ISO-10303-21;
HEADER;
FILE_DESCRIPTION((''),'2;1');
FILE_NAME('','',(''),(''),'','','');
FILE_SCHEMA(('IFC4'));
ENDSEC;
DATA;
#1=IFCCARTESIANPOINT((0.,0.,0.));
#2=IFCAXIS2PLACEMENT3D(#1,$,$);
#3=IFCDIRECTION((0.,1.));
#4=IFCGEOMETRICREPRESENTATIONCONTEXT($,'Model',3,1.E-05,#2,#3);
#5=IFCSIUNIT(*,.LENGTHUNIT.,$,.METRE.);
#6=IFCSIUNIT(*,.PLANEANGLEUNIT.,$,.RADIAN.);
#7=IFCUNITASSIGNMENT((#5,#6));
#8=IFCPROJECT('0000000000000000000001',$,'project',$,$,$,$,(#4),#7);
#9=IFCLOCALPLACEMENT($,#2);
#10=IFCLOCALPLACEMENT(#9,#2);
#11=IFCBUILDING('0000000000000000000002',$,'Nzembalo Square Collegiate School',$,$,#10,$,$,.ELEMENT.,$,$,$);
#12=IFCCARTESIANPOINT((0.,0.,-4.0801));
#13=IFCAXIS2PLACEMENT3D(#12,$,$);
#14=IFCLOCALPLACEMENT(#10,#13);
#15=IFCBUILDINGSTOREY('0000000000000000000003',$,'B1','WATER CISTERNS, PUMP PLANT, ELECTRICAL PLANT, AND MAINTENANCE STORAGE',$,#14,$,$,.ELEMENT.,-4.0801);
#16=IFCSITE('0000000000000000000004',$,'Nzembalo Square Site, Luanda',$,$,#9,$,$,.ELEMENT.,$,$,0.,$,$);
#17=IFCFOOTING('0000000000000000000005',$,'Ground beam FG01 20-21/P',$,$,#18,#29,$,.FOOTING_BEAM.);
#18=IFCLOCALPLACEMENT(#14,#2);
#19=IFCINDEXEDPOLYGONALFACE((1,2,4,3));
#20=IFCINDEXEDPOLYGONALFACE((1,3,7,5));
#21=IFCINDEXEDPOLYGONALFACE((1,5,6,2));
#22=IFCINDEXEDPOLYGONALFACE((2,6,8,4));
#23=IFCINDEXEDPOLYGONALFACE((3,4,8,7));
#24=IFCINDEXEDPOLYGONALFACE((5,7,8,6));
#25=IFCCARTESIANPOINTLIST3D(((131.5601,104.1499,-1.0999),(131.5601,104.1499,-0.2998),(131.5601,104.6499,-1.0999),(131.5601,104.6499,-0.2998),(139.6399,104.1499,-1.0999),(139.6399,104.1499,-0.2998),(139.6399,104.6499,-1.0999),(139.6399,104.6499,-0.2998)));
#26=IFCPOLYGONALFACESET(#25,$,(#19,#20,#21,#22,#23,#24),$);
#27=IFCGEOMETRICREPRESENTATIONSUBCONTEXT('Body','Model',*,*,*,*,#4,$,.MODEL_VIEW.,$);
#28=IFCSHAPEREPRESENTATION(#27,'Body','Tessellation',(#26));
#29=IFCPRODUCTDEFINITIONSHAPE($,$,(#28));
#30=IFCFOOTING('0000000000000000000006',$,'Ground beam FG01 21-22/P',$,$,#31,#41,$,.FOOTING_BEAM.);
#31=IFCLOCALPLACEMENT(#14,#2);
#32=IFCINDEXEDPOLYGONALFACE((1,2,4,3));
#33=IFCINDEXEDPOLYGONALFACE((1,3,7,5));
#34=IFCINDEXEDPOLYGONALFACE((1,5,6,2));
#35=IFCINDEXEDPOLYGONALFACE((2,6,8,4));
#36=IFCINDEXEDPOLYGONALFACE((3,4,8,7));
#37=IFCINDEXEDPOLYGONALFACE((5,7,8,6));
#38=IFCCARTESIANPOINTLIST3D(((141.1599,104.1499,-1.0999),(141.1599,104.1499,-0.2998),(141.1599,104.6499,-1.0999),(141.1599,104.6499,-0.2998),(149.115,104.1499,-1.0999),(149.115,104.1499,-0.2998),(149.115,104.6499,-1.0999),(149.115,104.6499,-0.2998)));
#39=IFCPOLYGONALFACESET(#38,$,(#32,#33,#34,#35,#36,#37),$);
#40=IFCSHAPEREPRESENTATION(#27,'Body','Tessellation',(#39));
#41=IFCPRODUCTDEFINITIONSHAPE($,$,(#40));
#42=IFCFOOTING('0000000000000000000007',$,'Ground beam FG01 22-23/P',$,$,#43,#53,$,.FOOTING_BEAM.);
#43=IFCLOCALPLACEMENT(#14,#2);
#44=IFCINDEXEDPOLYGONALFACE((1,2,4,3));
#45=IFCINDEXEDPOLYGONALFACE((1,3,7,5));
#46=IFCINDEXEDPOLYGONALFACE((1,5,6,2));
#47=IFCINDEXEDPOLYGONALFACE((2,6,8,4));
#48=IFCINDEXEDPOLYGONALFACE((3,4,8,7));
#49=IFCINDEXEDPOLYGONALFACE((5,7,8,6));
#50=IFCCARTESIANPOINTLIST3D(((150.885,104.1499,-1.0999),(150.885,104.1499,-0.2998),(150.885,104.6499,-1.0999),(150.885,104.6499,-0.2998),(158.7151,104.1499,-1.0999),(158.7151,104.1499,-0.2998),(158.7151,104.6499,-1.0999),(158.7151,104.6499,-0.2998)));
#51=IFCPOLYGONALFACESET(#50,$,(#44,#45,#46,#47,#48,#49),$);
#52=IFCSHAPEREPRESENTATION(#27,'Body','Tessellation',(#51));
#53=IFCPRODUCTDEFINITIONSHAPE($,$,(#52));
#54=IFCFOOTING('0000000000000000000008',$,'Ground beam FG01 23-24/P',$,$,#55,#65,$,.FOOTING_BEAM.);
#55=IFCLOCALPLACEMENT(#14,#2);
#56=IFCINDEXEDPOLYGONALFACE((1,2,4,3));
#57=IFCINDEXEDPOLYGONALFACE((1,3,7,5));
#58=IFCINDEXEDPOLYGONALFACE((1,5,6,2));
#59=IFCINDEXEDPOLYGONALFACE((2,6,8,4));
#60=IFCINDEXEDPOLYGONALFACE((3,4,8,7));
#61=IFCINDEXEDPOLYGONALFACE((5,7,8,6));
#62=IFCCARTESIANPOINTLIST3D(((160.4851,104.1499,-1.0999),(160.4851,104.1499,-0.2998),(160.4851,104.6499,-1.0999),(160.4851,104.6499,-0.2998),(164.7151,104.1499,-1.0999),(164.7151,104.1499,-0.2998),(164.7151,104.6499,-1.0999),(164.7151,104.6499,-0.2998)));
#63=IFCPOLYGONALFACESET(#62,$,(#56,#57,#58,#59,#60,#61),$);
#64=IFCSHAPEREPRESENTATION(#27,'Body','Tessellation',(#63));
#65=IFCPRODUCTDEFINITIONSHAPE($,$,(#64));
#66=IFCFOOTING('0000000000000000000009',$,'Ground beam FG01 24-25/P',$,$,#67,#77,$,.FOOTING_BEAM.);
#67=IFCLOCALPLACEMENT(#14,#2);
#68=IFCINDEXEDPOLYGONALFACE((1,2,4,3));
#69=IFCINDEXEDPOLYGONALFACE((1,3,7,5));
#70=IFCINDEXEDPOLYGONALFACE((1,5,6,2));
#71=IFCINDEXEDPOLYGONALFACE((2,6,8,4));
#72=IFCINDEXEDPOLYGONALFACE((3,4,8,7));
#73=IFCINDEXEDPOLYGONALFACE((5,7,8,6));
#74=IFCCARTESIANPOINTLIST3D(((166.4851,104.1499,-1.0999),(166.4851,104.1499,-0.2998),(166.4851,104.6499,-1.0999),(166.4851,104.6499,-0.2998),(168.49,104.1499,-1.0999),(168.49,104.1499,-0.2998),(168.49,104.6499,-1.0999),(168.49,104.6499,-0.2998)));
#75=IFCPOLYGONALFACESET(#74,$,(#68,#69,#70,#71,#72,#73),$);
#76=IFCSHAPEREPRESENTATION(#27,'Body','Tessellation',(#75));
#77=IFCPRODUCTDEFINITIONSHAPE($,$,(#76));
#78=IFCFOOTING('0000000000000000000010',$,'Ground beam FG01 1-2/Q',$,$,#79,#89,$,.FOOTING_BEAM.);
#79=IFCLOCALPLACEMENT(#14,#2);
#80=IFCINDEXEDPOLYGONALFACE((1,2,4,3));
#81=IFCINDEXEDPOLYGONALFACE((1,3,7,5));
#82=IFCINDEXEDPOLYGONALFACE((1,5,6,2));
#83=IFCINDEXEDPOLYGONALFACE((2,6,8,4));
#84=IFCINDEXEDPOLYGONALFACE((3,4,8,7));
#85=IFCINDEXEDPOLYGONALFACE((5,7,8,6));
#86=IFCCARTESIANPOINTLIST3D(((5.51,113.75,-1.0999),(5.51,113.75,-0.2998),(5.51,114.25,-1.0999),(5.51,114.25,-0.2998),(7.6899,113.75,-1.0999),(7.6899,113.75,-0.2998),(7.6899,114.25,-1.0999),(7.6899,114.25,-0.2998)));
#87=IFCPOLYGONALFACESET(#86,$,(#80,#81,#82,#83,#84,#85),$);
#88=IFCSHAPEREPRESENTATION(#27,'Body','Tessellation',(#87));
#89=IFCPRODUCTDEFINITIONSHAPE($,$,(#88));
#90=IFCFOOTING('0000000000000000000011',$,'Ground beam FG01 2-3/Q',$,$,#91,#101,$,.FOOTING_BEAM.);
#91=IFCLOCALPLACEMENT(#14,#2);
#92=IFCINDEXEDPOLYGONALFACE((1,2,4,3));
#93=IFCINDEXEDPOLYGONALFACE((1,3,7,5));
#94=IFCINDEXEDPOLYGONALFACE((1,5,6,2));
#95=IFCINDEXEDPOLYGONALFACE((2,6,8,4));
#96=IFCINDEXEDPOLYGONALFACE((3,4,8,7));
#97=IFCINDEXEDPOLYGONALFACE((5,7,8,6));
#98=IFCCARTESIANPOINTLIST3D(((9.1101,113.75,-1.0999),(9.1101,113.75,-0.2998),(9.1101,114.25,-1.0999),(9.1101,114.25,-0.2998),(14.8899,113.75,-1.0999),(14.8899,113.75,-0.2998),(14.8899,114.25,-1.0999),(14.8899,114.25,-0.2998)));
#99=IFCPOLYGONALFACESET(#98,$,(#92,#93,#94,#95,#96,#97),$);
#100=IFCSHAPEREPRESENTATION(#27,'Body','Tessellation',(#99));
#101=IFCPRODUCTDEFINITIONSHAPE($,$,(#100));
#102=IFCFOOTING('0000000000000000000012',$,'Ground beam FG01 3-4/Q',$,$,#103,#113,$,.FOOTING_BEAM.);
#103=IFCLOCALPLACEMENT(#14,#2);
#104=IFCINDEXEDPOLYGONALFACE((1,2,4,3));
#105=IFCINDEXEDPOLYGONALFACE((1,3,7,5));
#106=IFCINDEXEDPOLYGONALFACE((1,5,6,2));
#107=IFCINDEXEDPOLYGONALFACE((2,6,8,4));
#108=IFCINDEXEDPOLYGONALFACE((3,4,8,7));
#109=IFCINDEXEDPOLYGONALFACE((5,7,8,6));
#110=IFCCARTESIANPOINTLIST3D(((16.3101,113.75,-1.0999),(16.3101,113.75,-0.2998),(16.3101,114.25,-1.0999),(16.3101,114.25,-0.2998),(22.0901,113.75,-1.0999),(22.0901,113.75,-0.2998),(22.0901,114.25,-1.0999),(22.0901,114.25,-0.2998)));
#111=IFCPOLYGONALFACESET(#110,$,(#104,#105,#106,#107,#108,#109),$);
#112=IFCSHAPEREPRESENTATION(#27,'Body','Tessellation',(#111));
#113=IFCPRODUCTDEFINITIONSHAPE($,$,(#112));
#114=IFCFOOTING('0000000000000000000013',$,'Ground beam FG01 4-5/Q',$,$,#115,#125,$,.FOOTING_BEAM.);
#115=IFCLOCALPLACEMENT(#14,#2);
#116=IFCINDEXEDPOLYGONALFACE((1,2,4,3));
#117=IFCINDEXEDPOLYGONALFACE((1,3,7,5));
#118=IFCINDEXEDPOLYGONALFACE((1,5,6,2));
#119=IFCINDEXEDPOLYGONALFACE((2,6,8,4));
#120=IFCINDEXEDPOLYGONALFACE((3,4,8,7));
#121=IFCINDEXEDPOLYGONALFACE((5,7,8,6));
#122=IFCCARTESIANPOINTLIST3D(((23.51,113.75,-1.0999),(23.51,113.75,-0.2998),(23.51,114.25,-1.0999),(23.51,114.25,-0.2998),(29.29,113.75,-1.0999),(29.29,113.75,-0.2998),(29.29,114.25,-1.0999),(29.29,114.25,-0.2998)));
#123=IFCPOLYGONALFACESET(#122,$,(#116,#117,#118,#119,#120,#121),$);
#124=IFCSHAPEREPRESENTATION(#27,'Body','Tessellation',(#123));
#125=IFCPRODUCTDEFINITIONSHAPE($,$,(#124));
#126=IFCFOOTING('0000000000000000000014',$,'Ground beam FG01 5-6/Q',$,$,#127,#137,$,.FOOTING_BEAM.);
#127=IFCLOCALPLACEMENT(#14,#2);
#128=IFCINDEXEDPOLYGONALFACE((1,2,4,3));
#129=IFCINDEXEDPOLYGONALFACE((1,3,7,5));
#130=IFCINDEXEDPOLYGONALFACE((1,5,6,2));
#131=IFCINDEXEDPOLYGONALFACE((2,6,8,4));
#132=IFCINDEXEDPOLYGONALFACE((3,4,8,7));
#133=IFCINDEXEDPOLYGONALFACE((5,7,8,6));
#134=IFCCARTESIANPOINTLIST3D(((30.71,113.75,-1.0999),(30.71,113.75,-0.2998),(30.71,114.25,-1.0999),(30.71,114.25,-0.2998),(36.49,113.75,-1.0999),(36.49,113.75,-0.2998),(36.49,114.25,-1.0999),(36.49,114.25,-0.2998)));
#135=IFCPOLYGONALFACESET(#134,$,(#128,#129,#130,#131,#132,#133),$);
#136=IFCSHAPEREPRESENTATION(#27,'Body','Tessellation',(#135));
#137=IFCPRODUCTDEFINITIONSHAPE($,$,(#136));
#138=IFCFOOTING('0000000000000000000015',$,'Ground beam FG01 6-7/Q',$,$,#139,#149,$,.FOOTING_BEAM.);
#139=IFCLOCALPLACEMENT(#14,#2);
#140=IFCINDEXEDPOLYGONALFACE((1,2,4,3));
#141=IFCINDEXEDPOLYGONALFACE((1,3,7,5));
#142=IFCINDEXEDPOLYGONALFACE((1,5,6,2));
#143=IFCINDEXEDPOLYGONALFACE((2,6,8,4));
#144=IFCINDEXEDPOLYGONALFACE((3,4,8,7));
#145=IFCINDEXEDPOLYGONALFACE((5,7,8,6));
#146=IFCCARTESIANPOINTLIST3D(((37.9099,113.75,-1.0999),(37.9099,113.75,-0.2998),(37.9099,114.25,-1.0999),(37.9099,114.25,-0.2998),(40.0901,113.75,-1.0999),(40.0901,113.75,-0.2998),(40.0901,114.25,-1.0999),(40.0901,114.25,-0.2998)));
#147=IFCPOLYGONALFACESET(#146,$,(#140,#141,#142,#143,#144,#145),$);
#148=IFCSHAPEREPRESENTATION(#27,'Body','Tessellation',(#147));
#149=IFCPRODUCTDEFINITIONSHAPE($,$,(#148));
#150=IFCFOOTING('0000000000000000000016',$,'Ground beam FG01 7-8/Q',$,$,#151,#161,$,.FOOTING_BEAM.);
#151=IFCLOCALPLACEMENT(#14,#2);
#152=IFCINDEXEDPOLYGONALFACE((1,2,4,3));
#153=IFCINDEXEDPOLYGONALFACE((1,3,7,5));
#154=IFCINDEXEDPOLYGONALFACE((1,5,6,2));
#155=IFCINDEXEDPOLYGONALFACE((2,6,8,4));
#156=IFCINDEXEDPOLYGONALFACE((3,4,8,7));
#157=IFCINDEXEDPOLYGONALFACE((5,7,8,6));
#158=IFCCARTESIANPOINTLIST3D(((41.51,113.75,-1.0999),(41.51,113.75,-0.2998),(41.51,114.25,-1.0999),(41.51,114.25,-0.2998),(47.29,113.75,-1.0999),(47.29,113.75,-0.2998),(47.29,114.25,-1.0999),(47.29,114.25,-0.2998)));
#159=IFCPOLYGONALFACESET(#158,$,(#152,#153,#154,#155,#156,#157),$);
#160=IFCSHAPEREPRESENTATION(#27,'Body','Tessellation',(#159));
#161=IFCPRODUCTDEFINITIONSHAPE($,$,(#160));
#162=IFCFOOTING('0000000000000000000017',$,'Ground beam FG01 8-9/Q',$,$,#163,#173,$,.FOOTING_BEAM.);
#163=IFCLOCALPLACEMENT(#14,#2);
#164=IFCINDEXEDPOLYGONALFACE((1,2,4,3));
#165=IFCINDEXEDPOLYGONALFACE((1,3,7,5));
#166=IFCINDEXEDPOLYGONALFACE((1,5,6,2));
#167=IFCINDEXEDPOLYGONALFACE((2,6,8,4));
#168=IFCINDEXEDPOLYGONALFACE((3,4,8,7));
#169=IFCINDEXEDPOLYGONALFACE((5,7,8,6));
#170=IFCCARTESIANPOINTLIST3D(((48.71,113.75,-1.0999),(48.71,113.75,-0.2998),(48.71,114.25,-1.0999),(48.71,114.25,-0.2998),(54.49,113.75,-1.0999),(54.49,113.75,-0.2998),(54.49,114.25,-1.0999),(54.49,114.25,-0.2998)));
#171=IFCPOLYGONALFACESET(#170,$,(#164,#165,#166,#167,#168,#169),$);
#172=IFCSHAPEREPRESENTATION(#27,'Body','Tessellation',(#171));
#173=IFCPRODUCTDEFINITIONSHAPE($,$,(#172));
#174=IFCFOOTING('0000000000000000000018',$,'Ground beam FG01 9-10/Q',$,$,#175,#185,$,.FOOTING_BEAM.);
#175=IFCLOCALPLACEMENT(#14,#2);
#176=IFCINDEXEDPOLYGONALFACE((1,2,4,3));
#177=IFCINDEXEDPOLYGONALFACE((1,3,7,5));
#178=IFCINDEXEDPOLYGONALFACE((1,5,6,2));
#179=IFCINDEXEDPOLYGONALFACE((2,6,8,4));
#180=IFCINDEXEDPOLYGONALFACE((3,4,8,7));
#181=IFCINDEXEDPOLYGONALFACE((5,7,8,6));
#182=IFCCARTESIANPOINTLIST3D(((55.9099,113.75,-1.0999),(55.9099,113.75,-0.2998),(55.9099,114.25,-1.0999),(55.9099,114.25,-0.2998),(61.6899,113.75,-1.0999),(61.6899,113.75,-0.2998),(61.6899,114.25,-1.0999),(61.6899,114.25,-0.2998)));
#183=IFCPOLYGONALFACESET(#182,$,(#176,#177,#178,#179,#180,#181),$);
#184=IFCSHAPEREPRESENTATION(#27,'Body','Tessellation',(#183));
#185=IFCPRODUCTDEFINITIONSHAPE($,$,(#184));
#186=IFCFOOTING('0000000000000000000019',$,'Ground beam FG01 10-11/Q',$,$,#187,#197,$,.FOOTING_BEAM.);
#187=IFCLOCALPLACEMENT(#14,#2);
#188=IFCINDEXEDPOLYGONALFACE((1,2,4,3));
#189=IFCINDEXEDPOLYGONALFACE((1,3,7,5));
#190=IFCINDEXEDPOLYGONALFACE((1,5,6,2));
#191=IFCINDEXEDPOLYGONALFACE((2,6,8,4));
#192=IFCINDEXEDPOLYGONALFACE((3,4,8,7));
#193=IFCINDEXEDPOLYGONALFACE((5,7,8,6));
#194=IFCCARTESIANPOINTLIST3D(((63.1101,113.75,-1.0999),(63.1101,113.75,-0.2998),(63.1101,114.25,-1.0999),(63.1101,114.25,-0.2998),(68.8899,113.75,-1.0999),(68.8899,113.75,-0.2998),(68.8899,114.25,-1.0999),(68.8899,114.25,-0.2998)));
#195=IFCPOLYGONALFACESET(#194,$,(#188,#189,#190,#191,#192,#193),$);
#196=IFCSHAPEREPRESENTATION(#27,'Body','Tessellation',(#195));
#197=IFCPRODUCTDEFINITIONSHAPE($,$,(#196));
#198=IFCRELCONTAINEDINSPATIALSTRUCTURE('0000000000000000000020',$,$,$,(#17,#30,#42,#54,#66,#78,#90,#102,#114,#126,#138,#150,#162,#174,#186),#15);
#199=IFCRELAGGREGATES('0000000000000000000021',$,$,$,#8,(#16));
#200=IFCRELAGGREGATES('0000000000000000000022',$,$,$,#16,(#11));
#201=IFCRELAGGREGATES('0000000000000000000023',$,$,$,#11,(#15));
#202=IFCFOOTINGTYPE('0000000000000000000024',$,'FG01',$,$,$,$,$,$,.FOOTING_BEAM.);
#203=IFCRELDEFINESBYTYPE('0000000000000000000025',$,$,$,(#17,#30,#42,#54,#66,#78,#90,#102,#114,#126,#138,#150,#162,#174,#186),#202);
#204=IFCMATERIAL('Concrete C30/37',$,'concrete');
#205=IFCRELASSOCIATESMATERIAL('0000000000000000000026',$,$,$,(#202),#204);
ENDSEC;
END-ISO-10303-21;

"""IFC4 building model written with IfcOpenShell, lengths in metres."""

from ifc_helpers import new_model, si_unit, direction, frame, origin, place, context, subcontext, project, spatial, polyline, outline, extrude, material, type_object, element, save


model = new_model("IFC4")

# Units and contexts
model_context = context("Model", 3, precision=1e-05, world=origin(), true_north=direction((0.0, 1.0)))
body_context = subcontext(model_context, "Body", "Model", "MODEL_VIEW")
ifc_project = project(units=[si_unit("LENGTHUNIT", "METRE"), si_unit("PLANEANGLEUNIT", "RADIAN")], contexts=[model_context])

# Site, building, storey
site_placement = place(None, origin())
site = spatial("IfcSite", under=ifc_project, at=site_placement, Name="Nzembalo Square Site, Luanda", CompositionType="ELEMENT", RefElevation=0.0)
building_placement = place(site_placement, origin())
building = spatial("IfcBuilding", under=site, at=building_placement, Name="Nzembalo Square Collegiate School", CompositionType="ELEMENT")
storey_placement = place(building_placement, frame((0.0, 0.0, -4.0801)))
storey = spatial("IfcBuildingStorey", under=building, at=storey_placement, Name="B1", Description="WATER CISTERNS, PUMP PLANT, ELECTRICAL PLANT, AND MAINTENANCE STORAGE", CompositionType="ELEMENT", Elevation=-4.0801)

# Footings
ifc_material = material(Name="Concrete C30/37", Category="concrete")
footing_type = type_object("IfcFootingType", Name="FG01", PredefinedType="FOOTING_BEAM", material=ifc_material)
footing_1_placement = place(storey_placement, frame((0.0, 0.0, -1.0999)))
element("IfcFooting", 1, at=footing_1_placement, inside=storey, type_object=footing_type, Name="Ground beam FG01 20-21/P", PredefinedType="FOOTING_BEAM", context=body_context, shape_type="SweptSolid", body=[
    extrude(outline(polyline([(131.5601, 104.1499), (139.6399, 104.1499), (139.6399, 104.6499), (131.5601, 104.6499), (131.5601, 104.1499)])), origin(), (0.0, 0.0, 1.0), 0.8),
])
footing_2_placement = place(storey_placement, frame((0.0, 0.0, -1.0999)))
element("IfcFooting", 2, at=footing_2_placement, inside=storey, type_object=footing_type, Name="Ground beam FG01 21-22/P", PredefinedType="FOOTING_BEAM", context=body_context, shape_type="SweptSolid", body=[
    extrude(outline(polyline([(141.1599, 104.1499), (149.115, 104.1499), (149.115, 104.6499), (141.1599, 104.6499), (141.1599, 104.1499)])), origin(), (0.0, 0.0, 1.0), 0.8),
])
footing_3_placement = place(storey_placement, frame((0.0, 0.0, -1.0999)))
element("IfcFooting", 3, at=footing_3_placement, inside=storey, type_object=footing_type, Name="Ground beam FG01 22-23/P", PredefinedType="FOOTING_BEAM", context=body_context, shape_type="SweptSolid", body=[
    extrude(outline(polyline([(150.885, 104.1499), (158.7151, 104.1499), (158.7151, 104.6499), (150.885, 104.6499), (150.885, 104.1499)])), origin(), (0.0, 0.0, 1.0), 0.8),
])
footing_4_placement = place(storey_placement, frame((0.0, 0.0, -1.0999)))
element("IfcFooting", 4, at=footing_4_placement, inside=storey, type_object=footing_type, Name="Ground beam FG01 23-24/P", PredefinedType="FOOTING_BEAM", context=body_context, shape_type="SweptSolid", body=[
    extrude(outline(polyline([(160.4851, 104.1499), (164.7151, 104.1499), (164.7151, 104.6499), (160.4851, 104.6499), (160.4851, 104.1499)])), origin(), (0.0, 0.0, 1.0), 0.8),
])
footing_5_placement = place(storey_placement, frame((0.0, 0.0, -1.0999)))
element("IfcFooting", 5, at=footing_5_placement, inside=storey, type_object=footing_type, Name="Ground beam FG01 24-25/P", PredefinedType="FOOTING_BEAM", context=body_context, shape_type="SweptSolid", body=[
    extrude(outline(polyline([(166.4851, 104.1499), (168.49, 104.1499), (168.49, 104.6499), (166.4851, 104.6499), (166.4851, 104.1499)])), origin(), (0.0, 0.0, 1.0), 0.8),
])
footing_6_placement = place(storey_placement, frame((0.0, 0.0, -1.0999)))
element("IfcFooting", 6, at=footing_6_placement, inside=storey, type_object=footing_type, Name="Ground beam FG01 1-2/Q", PredefinedType="FOOTING_BEAM", context=body_context, shape_type="SweptSolid", body=[
    extrude(outline(polyline([(5.51, 113.75), (7.6899, 113.75), (7.6899, 114.25), (5.51, 114.25), (5.51, 113.75)])), origin(), (0.0, 0.0, 1.0), 0.8),
])
footing_7_placement = place(storey_placement, frame((0.0, 0.0, -1.0999)))
element("IfcFooting", 7, at=footing_7_placement, inside=storey, type_object=footing_type, Name="Ground beam FG01 2-3/Q", PredefinedType="FOOTING_BEAM", context=body_context, shape_type="SweptSolid", body=[
    extrude(outline(polyline([(9.1101, 113.75), (14.8899, 113.75), (14.8899, 114.25), (9.1101, 114.25), (9.1101, 113.75)])), origin(), (0.0, 0.0, 1.0), 0.8),
])
footing_8_placement = place(storey_placement, frame((0.0, 0.0, -1.0999)))
element("IfcFooting", 8, at=footing_8_placement, inside=storey, type_object=footing_type, Name="Ground beam FG01 3-4/Q", PredefinedType="FOOTING_BEAM", context=body_context, shape_type="SweptSolid", body=[
    extrude(outline(polyline([(16.3101, 113.75), (22.0901, 113.75), (22.0901, 114.25), (16.3101, 114.25), (16.3101, 113.75)])), origin(), (0.0, 0.0, 1.0), 0.8),
])
footing_9_placement = place(storey_placement, frame((0.0, 0.0, -1.0999)))
element("IfcFooting", 9, at=footing_9_placement, inside=storey, type_object=footing_type, Name="Ground beam FG01 4-5/Q", PredefinedType="FOOTING_BEAM", context=body_context, shape_type="SweptSolid", body=[
    extrude(outline(polyline([(23.51, 113.75), (29.29, 113.75), (29.29, 114.25), (23.51, 114.25), (23.51, 113.75)])), origin(), (0.0, 0.0, 1.0), 0.8),
])
footing_10_placement = place(storey_placement, frame((0.0, 0.0, -1.0999)))
element("IfcFooting", 10, at=footing_10_placement, inside=storey, type_object=footing_type, Name="Ground beam FG01 5-6/Q", PredefinedType="FOOTING_BEAM", context=body_context, shape_type="SweptSolid", body=[
    extrude(outline(polyline([(30.71, 113.75), (36.49, 113.75), (36.49, 114.25), (30.71, 114.25), (30.71, 113.75)])), origin(), (0.0, 0.0, 1.0), 0.8),
])
footing_11_placement = place(storey_placement, frame((0.0, 0.0, -1.0999)))
element("IfcFooting", 11, at=footing_11_placement, inside=storey, type_object=footing_type, Name="Ground beam FG01 6-7/Q", PredefinedType="FOOTING_BEAM", context=body_context, shape_type="SweptSolid", body=[
    extrude(outline(polyline([(37.9099, 113.75), (40.0901, 113.75), (40.0901, 114.25), (37.9099, 114.25), (37.9099, 113.75)])), origin(), (0.0, 0.0, 1.0), 0.8),
])
footing_12_placement = place(storey_placement, frame((0.0, 0.0, -1.0999)))
element("IfcFooting", 12, at=footing_12_placement, inside=storey, type_object=footing_type, Name="Ground beam FG01 7-8/Q", PredefinedType="FOOTING_BEAM", context=body_context, shape_type="SweptSolid", body=[
    extrude(outline(polyline([(41.51, 113.75), (47.29, 113.75), (47.29, 114.25), (41.51, 114.25), (41.51, 113.75)])), origin(), (0.0, 0.0, 1.0), 0.8),
])
footing_13_placement = place(storey_placement, frame((0.0, 0.0, -1.0999)))
element("IfcFooting", 13, at=footing_13_placement, inside=storey, type_object=footing_type, Name="Ground beam FG01 8-9/Q", PredefinedType="FOOTING_BEAM", context=body_context, shape_type="SweptSolid", body=[
    extrude(outline(polyline([(48.71, 113.75), (54.49, 113.75), (54.49, 114.25), (48.71, 114.25), (48.71, 113.75)])), origin(), (0.0, 0.0, 1.0), 0.8),
])
footing_14_placement = place(storey_placement, frame((0.0, 0.0, -1.0999)))
element("IfcFooting", 14, at=footing_14_placement, inside=storey, type_object=footing_type, Name="Ground beam FG01 9-10/Q", PredefinedType="FOOTING_BEAM", context=body_context, shape_type="SweptSolid", body=[
    extrude(outline(polyline([(55.9099, 113.75), (61.6899, 113.75), (61.6899, 114.25), (55.9099, 114.25), (55.9099, 113.75)])), origin(), (0.0, 0.0, 1.0), 0.8),
])
footing_15_placement = place(storey_placement, frame((0.0, 0.0, -1.0999)))
element("IfcFooting", 15, at=footing_15_placement, inside=storey, type_object=footing_type, Name="Ground beam FG01 10-11/Q", PredefinedType="FOOTING_BEAM", context=body_context, shape_type="SweptSolid", body=[
    extrude(outline(polyline([(63.1101, 113.75), (68.8899, 113.75), (68.8899, 114.25), (63.1101, 114.25), (63.1101, 113.75)])), origin(), (0.0, 0.0, 1.0), 0.8),
])

save(model, "model.ifc")
